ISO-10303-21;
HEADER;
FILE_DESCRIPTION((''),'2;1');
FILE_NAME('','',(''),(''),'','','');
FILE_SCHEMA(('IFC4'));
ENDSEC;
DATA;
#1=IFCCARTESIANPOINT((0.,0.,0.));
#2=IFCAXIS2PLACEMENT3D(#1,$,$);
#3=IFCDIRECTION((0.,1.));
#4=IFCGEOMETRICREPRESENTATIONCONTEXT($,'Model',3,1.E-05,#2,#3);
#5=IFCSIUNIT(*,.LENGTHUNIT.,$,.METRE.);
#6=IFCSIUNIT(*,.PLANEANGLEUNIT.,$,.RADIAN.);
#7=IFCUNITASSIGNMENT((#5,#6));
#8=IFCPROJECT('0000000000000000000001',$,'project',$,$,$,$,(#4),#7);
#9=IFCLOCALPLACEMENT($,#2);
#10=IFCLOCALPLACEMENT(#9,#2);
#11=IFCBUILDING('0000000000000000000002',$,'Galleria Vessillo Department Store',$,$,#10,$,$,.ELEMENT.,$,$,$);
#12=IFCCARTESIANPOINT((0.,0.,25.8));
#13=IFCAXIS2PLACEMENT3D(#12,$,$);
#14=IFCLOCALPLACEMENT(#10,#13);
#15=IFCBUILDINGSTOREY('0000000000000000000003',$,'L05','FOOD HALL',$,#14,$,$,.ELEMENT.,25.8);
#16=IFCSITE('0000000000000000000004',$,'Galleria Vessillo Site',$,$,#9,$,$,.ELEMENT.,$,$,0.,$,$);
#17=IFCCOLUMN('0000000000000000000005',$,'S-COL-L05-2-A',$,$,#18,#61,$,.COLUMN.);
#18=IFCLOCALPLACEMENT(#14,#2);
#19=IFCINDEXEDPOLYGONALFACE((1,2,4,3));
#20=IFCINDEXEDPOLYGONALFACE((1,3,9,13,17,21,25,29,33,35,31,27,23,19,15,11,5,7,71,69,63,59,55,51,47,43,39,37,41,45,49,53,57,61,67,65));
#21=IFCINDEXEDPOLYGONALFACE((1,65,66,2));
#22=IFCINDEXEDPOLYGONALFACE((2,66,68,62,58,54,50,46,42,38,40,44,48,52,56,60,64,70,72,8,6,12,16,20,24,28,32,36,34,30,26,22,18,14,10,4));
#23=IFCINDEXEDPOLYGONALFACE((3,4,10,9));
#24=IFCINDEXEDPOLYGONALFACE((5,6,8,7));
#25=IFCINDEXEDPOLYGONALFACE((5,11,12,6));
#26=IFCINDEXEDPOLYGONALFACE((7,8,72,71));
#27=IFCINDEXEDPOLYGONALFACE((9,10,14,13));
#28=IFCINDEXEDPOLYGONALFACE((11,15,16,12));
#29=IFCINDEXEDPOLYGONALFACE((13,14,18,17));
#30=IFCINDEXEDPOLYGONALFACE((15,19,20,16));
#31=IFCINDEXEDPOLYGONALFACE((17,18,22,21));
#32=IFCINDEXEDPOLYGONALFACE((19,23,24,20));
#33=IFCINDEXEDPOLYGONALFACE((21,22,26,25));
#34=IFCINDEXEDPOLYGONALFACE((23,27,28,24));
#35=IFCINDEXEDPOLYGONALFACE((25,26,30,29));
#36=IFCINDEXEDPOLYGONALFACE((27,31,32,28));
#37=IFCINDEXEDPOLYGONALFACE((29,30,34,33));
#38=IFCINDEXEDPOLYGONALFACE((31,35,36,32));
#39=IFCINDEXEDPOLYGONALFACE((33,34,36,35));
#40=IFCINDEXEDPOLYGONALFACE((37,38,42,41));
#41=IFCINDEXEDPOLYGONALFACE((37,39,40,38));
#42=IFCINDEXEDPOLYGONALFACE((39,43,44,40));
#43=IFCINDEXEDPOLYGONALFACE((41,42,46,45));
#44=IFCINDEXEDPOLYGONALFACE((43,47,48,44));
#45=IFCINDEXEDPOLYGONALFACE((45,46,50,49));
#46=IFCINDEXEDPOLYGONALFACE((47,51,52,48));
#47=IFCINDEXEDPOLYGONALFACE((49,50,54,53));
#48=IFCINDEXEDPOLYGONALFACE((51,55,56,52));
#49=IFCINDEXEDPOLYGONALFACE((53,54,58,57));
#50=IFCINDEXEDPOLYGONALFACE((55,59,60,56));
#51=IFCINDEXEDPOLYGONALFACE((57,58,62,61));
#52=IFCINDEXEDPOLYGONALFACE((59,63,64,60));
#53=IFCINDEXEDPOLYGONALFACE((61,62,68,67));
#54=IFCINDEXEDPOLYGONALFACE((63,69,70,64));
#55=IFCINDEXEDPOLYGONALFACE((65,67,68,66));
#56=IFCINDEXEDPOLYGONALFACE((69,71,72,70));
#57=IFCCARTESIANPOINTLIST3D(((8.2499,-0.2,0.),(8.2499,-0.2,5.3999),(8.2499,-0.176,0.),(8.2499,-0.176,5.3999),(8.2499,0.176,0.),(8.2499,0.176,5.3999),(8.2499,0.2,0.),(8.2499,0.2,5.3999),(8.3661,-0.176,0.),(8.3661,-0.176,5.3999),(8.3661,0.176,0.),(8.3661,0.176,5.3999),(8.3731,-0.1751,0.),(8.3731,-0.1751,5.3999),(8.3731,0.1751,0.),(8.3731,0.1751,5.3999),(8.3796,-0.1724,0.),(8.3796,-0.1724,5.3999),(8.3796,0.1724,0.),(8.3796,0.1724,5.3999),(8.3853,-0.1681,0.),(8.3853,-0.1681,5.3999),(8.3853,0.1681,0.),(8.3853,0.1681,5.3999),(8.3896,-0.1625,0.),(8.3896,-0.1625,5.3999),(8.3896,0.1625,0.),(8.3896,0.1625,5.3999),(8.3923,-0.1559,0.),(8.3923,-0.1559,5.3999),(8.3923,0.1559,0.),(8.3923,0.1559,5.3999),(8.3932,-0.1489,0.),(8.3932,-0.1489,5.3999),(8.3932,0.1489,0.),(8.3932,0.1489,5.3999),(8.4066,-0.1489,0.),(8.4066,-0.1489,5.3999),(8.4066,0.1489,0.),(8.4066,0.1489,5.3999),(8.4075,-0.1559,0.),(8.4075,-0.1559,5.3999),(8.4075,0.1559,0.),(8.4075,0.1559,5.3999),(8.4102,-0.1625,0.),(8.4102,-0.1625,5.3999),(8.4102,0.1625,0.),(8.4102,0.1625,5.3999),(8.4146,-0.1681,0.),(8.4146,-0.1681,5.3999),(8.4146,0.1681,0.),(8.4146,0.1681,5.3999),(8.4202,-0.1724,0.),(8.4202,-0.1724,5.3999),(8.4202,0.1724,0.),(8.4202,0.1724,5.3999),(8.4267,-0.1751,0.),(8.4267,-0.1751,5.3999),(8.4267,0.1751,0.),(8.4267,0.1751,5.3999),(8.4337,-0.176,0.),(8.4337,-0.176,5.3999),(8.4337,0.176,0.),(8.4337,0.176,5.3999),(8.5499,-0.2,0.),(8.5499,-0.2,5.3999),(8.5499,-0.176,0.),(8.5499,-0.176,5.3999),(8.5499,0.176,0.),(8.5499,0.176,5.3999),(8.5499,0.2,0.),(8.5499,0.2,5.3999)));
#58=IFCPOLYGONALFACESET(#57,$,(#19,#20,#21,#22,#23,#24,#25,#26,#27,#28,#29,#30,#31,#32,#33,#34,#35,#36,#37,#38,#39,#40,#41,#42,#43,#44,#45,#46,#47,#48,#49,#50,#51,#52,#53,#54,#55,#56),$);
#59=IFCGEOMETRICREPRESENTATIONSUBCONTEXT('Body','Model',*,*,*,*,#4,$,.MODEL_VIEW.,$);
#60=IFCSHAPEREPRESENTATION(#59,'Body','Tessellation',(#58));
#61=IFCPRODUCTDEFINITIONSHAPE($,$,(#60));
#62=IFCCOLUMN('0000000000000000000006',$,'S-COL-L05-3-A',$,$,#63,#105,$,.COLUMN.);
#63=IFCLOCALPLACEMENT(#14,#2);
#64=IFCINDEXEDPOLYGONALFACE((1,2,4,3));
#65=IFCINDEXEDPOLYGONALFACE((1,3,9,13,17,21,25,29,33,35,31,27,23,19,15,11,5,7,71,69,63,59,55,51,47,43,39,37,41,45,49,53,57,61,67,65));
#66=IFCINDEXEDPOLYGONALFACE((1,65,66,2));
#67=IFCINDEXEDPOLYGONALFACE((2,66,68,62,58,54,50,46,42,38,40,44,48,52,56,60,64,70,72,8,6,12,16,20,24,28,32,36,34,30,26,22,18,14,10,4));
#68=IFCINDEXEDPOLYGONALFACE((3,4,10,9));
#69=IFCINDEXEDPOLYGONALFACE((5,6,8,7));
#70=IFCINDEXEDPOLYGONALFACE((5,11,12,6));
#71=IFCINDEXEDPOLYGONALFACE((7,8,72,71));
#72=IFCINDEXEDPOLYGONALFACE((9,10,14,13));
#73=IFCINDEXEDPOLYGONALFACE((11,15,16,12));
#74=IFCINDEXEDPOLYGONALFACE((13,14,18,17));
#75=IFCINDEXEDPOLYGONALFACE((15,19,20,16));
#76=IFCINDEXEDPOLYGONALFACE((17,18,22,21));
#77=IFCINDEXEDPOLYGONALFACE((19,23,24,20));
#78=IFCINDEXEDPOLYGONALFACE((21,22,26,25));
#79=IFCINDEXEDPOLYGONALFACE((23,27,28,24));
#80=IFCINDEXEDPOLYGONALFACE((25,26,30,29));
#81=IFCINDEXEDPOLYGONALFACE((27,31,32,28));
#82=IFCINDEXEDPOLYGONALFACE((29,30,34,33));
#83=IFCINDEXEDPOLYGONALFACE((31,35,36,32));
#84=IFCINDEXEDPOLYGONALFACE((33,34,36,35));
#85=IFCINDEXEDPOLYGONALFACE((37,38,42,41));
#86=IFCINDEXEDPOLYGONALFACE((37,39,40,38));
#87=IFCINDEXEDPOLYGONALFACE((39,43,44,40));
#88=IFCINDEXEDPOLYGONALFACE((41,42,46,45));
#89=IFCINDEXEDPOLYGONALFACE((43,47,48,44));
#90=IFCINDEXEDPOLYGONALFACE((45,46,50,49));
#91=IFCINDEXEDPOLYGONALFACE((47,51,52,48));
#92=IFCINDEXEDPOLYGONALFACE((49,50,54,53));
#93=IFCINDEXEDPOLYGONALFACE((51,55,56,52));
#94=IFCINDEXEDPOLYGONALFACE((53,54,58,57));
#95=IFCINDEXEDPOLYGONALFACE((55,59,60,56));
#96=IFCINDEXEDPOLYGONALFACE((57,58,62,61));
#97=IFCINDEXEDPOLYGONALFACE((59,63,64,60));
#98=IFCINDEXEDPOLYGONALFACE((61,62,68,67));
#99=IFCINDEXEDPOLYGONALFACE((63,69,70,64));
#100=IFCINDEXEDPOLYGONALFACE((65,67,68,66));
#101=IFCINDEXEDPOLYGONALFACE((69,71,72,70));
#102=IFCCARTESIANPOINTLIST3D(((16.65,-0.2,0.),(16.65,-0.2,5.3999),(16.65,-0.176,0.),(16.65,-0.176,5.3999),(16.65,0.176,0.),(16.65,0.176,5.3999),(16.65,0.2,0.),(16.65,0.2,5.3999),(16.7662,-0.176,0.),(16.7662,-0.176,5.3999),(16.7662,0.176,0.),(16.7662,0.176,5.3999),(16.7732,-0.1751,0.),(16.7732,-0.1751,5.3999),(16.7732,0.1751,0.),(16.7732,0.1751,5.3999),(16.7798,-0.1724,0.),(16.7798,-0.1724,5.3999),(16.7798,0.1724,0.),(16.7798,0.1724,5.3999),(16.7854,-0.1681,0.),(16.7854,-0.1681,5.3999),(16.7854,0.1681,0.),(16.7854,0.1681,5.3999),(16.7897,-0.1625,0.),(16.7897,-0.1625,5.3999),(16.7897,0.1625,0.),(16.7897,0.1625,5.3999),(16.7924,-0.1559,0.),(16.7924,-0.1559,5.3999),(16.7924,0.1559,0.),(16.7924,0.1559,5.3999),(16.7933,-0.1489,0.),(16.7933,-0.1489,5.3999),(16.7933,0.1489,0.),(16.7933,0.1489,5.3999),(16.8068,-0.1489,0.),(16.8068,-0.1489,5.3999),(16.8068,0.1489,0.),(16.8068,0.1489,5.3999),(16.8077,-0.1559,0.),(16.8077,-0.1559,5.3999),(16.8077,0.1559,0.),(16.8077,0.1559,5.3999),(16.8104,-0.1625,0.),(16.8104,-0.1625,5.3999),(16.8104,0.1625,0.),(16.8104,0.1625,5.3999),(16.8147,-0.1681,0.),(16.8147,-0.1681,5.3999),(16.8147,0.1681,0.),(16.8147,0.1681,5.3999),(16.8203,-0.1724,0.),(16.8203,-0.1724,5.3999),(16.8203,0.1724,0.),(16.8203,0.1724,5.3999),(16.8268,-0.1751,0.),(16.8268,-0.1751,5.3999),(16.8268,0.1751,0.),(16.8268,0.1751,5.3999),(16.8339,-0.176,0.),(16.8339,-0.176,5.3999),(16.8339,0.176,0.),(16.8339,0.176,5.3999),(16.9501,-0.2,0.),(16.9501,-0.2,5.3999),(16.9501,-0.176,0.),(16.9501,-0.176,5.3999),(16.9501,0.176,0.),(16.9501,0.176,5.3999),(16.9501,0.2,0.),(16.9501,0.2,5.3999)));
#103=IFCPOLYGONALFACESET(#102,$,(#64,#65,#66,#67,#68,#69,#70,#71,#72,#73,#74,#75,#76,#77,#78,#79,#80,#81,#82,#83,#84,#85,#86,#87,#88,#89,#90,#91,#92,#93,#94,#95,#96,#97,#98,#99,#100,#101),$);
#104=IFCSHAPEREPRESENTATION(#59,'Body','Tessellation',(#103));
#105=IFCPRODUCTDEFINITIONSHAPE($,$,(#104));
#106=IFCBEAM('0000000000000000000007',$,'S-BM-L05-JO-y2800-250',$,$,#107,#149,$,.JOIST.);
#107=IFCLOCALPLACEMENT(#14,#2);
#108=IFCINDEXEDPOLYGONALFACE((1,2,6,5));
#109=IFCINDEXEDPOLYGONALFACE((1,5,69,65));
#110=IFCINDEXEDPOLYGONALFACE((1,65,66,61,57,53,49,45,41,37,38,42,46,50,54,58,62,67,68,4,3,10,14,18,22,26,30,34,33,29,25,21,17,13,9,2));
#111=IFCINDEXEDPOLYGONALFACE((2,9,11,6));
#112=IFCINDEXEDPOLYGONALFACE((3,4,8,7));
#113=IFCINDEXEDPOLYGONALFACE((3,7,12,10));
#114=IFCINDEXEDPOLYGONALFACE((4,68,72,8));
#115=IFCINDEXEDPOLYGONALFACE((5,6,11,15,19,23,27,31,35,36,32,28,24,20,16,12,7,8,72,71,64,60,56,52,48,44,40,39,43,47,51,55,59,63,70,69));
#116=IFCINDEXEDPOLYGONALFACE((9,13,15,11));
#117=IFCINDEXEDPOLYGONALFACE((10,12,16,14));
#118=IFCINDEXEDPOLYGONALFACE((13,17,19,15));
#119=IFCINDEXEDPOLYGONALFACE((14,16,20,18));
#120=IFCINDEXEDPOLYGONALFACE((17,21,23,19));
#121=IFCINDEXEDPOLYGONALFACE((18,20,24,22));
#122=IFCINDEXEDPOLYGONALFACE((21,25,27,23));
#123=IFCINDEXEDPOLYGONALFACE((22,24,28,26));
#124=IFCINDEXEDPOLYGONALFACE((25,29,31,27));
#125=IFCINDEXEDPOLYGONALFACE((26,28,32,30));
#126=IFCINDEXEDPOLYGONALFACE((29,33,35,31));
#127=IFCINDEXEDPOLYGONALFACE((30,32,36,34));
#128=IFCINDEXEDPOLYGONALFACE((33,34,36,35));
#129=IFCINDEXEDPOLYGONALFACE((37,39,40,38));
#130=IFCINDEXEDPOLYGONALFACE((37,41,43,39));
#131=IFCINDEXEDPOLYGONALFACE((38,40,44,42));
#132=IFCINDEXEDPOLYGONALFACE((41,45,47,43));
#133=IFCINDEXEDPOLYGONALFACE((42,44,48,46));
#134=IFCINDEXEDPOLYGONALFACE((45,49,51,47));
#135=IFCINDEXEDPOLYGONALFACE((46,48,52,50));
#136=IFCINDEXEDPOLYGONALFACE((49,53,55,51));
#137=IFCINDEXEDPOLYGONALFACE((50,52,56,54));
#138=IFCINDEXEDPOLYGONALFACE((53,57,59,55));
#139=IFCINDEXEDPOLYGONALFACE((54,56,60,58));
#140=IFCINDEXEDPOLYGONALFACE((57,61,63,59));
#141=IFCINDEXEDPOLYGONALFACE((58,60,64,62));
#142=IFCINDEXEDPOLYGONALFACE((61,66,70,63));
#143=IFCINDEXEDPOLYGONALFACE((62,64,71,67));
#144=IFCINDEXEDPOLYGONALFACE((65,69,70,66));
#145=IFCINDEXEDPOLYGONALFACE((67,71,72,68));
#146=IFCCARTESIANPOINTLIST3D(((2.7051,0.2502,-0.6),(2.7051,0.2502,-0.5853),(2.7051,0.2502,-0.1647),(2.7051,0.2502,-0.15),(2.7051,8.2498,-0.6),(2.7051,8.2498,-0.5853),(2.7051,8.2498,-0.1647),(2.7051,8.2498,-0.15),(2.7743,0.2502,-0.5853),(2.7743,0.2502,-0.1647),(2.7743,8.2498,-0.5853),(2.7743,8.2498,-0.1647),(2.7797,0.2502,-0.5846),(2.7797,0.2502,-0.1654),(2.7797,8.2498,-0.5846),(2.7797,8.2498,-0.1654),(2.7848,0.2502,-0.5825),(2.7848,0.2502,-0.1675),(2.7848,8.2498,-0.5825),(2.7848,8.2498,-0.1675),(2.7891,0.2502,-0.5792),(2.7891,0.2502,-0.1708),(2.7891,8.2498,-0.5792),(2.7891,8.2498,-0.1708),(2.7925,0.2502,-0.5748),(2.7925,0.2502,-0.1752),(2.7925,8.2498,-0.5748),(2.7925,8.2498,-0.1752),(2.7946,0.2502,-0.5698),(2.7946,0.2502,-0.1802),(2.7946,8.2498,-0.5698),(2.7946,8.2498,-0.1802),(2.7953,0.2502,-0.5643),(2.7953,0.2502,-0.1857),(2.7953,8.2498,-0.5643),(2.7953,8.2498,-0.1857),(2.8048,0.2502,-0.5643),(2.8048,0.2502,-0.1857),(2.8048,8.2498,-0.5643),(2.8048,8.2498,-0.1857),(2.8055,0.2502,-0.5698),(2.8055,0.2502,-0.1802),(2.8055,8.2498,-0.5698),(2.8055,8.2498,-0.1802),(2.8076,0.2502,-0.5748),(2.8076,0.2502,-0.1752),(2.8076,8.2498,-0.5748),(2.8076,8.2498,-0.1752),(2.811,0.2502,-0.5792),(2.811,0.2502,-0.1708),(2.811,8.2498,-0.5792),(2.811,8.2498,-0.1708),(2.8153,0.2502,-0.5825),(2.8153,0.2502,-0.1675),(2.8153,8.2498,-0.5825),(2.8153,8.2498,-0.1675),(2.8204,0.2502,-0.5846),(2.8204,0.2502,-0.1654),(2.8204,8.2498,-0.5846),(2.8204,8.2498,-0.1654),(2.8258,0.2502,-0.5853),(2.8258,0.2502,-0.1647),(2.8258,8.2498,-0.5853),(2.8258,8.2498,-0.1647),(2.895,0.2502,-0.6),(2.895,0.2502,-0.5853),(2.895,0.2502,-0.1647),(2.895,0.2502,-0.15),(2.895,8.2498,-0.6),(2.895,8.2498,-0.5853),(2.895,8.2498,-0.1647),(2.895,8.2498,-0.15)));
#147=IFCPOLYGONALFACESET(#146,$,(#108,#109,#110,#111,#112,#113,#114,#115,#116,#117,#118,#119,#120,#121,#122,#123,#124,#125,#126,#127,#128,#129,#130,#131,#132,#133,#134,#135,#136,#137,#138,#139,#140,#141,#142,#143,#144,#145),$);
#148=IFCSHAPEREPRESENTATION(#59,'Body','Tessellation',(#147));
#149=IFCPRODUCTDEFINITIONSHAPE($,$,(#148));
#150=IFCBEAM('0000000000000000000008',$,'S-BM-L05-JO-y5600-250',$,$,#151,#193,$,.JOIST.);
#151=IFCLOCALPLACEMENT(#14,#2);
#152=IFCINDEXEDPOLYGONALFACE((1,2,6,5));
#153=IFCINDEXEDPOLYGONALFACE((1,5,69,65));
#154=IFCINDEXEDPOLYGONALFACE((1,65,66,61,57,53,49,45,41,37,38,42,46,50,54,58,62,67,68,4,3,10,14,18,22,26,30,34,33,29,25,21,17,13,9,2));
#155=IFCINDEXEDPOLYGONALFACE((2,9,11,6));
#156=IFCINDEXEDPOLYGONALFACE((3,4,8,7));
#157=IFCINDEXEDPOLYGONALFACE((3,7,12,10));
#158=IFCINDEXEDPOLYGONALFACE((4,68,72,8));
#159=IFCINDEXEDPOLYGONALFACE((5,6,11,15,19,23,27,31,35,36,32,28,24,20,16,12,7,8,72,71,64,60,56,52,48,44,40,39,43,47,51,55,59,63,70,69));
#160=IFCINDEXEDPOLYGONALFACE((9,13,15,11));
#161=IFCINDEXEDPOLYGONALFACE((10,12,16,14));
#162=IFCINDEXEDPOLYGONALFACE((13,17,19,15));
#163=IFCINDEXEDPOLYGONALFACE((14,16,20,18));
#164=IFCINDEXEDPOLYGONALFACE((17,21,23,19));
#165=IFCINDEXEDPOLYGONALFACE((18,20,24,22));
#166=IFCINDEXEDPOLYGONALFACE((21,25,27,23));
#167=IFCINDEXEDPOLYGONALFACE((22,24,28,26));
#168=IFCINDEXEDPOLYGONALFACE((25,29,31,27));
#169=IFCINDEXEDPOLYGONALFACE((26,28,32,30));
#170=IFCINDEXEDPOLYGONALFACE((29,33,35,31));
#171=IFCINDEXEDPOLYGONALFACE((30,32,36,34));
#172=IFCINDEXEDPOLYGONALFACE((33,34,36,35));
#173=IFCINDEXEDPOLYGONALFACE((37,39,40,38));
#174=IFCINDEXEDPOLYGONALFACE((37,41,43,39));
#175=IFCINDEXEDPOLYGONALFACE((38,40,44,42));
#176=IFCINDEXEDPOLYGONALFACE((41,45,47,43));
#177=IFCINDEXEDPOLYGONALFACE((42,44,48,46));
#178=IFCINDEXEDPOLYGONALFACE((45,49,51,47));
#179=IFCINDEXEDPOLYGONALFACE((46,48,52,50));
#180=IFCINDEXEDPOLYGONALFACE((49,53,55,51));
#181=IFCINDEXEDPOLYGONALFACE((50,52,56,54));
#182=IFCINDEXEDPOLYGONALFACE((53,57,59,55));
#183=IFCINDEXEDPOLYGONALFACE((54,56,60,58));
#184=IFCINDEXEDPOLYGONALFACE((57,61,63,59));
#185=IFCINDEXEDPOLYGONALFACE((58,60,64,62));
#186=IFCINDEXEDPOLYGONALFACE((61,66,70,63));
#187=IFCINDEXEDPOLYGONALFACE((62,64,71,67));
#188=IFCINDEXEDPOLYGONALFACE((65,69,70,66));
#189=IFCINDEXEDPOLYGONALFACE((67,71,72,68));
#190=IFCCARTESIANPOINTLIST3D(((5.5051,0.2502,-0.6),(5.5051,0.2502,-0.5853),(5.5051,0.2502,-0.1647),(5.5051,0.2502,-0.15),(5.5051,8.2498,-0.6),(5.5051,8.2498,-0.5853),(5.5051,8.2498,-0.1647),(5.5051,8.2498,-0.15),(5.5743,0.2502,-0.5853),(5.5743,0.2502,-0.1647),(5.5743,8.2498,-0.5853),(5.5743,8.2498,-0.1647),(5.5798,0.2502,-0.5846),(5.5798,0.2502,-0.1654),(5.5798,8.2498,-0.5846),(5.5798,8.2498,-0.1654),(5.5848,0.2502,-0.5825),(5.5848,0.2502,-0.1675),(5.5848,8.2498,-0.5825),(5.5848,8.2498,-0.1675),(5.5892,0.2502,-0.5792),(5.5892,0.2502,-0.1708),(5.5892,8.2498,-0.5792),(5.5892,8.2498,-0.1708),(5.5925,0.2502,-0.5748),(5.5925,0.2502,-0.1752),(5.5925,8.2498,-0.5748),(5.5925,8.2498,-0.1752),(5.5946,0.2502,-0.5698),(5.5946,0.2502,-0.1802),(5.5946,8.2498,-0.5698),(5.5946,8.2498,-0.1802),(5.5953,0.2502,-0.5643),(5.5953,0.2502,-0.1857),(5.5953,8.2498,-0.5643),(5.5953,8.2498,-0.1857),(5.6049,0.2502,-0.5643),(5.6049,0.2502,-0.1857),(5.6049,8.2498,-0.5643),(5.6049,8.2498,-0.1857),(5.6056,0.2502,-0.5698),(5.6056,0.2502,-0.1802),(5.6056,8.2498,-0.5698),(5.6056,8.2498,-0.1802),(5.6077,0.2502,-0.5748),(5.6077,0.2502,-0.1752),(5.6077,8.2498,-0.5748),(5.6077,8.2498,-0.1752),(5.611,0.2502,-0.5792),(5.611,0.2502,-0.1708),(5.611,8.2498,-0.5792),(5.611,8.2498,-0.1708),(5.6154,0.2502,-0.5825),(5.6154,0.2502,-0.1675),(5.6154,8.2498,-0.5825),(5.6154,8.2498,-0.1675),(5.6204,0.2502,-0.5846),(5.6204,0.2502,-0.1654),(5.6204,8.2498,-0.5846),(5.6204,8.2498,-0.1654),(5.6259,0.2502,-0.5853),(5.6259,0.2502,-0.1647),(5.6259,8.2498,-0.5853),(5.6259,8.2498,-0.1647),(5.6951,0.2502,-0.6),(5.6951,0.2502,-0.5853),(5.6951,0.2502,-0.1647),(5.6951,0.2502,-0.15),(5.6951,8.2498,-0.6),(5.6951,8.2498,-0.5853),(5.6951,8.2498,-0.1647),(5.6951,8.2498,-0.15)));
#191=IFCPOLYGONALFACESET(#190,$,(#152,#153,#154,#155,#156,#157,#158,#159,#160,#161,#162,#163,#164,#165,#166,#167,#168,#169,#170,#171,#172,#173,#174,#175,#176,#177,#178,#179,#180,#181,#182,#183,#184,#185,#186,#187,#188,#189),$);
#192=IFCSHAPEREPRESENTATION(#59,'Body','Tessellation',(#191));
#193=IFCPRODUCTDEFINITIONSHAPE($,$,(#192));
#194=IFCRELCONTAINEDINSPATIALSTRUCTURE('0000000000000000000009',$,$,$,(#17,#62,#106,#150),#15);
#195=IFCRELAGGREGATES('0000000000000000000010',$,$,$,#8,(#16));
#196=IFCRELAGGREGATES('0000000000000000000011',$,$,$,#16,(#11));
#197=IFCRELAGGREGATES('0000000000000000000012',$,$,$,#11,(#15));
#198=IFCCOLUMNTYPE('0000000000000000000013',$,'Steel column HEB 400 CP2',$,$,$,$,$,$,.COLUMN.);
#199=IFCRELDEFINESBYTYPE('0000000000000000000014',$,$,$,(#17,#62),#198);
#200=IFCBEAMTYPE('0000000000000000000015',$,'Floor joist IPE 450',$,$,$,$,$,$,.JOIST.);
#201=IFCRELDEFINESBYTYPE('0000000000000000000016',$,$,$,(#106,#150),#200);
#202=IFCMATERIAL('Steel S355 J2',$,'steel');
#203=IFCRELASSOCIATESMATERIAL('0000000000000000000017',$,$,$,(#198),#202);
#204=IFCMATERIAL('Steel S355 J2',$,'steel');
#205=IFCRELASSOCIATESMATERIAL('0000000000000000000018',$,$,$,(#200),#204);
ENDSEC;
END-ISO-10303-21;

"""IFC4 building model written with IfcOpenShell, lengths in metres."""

from ifc_helpers import new_model, si_unit, direction, frame, origin, origin_2d, place, context, subcontext, project, spatial, i_section, extrude, material, material_profile, profile_set, type_object, element, save


model = new_model("IFC4")

# Units and contexts
model_context = context("Model", 3, precision=1e-05, world=origin(), true_north=direction((0.0, 1.0)))
body_context = subcontext(model_context, "Body", "Model", "MODEL_VIEW")
ifc_project = project(units=[si_unit("LENGTHUNIT", "METRE"), si_unit("PLANEANGLEUNIT", "RADIAN")], contexts=[model_context])

# Site, building, storey
site_placement = place(None, origin())
site = spatial("IfcSite", under=ifc_project, at=site_placement, Name="Galleria Vessillo Site", CompositionType="ELEMENT", RefElevation=0.0)
building_placement = place(site_placement, origin())
building = spatial("IfcBuilding", under=site, at=building_placement, Name="Galleria Vessillo Department Store", CompositionType="ELEMENT")
storey_placement = place(building_placement, frame((0.0, 0.0, 25.8)))
storey = spatial("IfcBuildingStorey", under=building, at=storey_placement, Name="L05", Description="FOOD HALL", CompositionType="ELEMENT", Elevation=25.8)

# Columns
ifc_material_1 = material(Name="Steel S355 J2", Category="steel")
ifc_material_profile_1 = material_profile(ifc_material_1, i_section(OverallWidth=0.3, OverallDepth=0.3999, WebThickness=0.0134, FlangeThickness=0.0239, FilletRadius=0.0271, at=origin_2d()), Name="HEB 400")
ifc_profile_set_1 = profile_set([ifc_material_profile_1], Name="Steel S355 J2")
column_type = type_object("IfcColumnType", Name="Steel column HEB 400 CP2", PredefinedType="COLUMN", material=ifc_profile_set_1)
for number, where, z_axis, x_axis, name in (
    (1, (8.3999, 0.0, 0.0), (0.0, 0.0, 1.0), (1.0, 0.0, 0.0), "S-COL-L05-2-A"),
    (2, (16.8, 0.0, 0.0), (0.0, 0.0, 1.0), (1.0, 0.0, 0.0), "S-COL-L05-3-A"),
):
    element("IfcColumn", number, at=place(storey_placement, frame(where, z_axis=z_axis, x_axis=x_axis)), inside=storey, type_object=column_type, Name=name, PredefinedType="COLUMN", context=body_context, shape_type="SweptSolid", body=[
        extrude(i_section(OverallWidth=0.3, OverallDepth=0.3999, WebThickness=0.0134, FlangeThickness=0.0239, FilletRadius=0.0271, at=origin_2d()), origin(), (0.0, 0.0, 1.0), 5.3999),
    ])

# Beams
ifc_material_2 = material(Name="Steel S355 J2", Category="steel")
ifc_material_profile_2 = material_profile(ifc_material_2, i_section(OverallWidth=0.1899, OverallDepth=0.45, WebThickness=0.0095, FlangeThickness=0.0146, FilletRadius=0.021, at=origin_2d()), Name="IPE 450")
ifc_profile_set_2 = profile_set([ifc_material_profile_2], Name="Steel S355 J2")
beam_type = type_object("IfcBeamType", Name="Floor joist IPE 450", PredefinedType="JOIST", material=ifc_profile_set_2)
for number, where, z_axis, x_axis, name in (
    (3, (2.8, 0.2502, -0.375), (0.0, 1.0, 0.0), (-1.0, 0.0, 0.0), "S-BM-L05-JO-y2800-250"),
    (4, (5.6001, 0.2502, -0.375), (0.0, 1.0, 0.0), (-1.0, 0.0, 0.0), "S-BM-L05-JO-y5600-250"),
):
    element("IfcBeam", number, at=place(storey_placement, frame(where, z_axis=z_axis, x_axis=x_axis)), inside=storey, type_object=beam_type, Name=name, PredefinedType="JOIST", context=body_context, shape_type="SweptSolid", body=[
        extrude(i_section(OverallWidth=0.1899, OverallDepth=0.45, WebThickness=0.0095, FlangeThickness=0.0146, FilletRadius=0.021, at=origin_2d()), origin(), (0.0, 0.0, 1.0), 7.9995),
    ])

save(model, "model.ifc")
